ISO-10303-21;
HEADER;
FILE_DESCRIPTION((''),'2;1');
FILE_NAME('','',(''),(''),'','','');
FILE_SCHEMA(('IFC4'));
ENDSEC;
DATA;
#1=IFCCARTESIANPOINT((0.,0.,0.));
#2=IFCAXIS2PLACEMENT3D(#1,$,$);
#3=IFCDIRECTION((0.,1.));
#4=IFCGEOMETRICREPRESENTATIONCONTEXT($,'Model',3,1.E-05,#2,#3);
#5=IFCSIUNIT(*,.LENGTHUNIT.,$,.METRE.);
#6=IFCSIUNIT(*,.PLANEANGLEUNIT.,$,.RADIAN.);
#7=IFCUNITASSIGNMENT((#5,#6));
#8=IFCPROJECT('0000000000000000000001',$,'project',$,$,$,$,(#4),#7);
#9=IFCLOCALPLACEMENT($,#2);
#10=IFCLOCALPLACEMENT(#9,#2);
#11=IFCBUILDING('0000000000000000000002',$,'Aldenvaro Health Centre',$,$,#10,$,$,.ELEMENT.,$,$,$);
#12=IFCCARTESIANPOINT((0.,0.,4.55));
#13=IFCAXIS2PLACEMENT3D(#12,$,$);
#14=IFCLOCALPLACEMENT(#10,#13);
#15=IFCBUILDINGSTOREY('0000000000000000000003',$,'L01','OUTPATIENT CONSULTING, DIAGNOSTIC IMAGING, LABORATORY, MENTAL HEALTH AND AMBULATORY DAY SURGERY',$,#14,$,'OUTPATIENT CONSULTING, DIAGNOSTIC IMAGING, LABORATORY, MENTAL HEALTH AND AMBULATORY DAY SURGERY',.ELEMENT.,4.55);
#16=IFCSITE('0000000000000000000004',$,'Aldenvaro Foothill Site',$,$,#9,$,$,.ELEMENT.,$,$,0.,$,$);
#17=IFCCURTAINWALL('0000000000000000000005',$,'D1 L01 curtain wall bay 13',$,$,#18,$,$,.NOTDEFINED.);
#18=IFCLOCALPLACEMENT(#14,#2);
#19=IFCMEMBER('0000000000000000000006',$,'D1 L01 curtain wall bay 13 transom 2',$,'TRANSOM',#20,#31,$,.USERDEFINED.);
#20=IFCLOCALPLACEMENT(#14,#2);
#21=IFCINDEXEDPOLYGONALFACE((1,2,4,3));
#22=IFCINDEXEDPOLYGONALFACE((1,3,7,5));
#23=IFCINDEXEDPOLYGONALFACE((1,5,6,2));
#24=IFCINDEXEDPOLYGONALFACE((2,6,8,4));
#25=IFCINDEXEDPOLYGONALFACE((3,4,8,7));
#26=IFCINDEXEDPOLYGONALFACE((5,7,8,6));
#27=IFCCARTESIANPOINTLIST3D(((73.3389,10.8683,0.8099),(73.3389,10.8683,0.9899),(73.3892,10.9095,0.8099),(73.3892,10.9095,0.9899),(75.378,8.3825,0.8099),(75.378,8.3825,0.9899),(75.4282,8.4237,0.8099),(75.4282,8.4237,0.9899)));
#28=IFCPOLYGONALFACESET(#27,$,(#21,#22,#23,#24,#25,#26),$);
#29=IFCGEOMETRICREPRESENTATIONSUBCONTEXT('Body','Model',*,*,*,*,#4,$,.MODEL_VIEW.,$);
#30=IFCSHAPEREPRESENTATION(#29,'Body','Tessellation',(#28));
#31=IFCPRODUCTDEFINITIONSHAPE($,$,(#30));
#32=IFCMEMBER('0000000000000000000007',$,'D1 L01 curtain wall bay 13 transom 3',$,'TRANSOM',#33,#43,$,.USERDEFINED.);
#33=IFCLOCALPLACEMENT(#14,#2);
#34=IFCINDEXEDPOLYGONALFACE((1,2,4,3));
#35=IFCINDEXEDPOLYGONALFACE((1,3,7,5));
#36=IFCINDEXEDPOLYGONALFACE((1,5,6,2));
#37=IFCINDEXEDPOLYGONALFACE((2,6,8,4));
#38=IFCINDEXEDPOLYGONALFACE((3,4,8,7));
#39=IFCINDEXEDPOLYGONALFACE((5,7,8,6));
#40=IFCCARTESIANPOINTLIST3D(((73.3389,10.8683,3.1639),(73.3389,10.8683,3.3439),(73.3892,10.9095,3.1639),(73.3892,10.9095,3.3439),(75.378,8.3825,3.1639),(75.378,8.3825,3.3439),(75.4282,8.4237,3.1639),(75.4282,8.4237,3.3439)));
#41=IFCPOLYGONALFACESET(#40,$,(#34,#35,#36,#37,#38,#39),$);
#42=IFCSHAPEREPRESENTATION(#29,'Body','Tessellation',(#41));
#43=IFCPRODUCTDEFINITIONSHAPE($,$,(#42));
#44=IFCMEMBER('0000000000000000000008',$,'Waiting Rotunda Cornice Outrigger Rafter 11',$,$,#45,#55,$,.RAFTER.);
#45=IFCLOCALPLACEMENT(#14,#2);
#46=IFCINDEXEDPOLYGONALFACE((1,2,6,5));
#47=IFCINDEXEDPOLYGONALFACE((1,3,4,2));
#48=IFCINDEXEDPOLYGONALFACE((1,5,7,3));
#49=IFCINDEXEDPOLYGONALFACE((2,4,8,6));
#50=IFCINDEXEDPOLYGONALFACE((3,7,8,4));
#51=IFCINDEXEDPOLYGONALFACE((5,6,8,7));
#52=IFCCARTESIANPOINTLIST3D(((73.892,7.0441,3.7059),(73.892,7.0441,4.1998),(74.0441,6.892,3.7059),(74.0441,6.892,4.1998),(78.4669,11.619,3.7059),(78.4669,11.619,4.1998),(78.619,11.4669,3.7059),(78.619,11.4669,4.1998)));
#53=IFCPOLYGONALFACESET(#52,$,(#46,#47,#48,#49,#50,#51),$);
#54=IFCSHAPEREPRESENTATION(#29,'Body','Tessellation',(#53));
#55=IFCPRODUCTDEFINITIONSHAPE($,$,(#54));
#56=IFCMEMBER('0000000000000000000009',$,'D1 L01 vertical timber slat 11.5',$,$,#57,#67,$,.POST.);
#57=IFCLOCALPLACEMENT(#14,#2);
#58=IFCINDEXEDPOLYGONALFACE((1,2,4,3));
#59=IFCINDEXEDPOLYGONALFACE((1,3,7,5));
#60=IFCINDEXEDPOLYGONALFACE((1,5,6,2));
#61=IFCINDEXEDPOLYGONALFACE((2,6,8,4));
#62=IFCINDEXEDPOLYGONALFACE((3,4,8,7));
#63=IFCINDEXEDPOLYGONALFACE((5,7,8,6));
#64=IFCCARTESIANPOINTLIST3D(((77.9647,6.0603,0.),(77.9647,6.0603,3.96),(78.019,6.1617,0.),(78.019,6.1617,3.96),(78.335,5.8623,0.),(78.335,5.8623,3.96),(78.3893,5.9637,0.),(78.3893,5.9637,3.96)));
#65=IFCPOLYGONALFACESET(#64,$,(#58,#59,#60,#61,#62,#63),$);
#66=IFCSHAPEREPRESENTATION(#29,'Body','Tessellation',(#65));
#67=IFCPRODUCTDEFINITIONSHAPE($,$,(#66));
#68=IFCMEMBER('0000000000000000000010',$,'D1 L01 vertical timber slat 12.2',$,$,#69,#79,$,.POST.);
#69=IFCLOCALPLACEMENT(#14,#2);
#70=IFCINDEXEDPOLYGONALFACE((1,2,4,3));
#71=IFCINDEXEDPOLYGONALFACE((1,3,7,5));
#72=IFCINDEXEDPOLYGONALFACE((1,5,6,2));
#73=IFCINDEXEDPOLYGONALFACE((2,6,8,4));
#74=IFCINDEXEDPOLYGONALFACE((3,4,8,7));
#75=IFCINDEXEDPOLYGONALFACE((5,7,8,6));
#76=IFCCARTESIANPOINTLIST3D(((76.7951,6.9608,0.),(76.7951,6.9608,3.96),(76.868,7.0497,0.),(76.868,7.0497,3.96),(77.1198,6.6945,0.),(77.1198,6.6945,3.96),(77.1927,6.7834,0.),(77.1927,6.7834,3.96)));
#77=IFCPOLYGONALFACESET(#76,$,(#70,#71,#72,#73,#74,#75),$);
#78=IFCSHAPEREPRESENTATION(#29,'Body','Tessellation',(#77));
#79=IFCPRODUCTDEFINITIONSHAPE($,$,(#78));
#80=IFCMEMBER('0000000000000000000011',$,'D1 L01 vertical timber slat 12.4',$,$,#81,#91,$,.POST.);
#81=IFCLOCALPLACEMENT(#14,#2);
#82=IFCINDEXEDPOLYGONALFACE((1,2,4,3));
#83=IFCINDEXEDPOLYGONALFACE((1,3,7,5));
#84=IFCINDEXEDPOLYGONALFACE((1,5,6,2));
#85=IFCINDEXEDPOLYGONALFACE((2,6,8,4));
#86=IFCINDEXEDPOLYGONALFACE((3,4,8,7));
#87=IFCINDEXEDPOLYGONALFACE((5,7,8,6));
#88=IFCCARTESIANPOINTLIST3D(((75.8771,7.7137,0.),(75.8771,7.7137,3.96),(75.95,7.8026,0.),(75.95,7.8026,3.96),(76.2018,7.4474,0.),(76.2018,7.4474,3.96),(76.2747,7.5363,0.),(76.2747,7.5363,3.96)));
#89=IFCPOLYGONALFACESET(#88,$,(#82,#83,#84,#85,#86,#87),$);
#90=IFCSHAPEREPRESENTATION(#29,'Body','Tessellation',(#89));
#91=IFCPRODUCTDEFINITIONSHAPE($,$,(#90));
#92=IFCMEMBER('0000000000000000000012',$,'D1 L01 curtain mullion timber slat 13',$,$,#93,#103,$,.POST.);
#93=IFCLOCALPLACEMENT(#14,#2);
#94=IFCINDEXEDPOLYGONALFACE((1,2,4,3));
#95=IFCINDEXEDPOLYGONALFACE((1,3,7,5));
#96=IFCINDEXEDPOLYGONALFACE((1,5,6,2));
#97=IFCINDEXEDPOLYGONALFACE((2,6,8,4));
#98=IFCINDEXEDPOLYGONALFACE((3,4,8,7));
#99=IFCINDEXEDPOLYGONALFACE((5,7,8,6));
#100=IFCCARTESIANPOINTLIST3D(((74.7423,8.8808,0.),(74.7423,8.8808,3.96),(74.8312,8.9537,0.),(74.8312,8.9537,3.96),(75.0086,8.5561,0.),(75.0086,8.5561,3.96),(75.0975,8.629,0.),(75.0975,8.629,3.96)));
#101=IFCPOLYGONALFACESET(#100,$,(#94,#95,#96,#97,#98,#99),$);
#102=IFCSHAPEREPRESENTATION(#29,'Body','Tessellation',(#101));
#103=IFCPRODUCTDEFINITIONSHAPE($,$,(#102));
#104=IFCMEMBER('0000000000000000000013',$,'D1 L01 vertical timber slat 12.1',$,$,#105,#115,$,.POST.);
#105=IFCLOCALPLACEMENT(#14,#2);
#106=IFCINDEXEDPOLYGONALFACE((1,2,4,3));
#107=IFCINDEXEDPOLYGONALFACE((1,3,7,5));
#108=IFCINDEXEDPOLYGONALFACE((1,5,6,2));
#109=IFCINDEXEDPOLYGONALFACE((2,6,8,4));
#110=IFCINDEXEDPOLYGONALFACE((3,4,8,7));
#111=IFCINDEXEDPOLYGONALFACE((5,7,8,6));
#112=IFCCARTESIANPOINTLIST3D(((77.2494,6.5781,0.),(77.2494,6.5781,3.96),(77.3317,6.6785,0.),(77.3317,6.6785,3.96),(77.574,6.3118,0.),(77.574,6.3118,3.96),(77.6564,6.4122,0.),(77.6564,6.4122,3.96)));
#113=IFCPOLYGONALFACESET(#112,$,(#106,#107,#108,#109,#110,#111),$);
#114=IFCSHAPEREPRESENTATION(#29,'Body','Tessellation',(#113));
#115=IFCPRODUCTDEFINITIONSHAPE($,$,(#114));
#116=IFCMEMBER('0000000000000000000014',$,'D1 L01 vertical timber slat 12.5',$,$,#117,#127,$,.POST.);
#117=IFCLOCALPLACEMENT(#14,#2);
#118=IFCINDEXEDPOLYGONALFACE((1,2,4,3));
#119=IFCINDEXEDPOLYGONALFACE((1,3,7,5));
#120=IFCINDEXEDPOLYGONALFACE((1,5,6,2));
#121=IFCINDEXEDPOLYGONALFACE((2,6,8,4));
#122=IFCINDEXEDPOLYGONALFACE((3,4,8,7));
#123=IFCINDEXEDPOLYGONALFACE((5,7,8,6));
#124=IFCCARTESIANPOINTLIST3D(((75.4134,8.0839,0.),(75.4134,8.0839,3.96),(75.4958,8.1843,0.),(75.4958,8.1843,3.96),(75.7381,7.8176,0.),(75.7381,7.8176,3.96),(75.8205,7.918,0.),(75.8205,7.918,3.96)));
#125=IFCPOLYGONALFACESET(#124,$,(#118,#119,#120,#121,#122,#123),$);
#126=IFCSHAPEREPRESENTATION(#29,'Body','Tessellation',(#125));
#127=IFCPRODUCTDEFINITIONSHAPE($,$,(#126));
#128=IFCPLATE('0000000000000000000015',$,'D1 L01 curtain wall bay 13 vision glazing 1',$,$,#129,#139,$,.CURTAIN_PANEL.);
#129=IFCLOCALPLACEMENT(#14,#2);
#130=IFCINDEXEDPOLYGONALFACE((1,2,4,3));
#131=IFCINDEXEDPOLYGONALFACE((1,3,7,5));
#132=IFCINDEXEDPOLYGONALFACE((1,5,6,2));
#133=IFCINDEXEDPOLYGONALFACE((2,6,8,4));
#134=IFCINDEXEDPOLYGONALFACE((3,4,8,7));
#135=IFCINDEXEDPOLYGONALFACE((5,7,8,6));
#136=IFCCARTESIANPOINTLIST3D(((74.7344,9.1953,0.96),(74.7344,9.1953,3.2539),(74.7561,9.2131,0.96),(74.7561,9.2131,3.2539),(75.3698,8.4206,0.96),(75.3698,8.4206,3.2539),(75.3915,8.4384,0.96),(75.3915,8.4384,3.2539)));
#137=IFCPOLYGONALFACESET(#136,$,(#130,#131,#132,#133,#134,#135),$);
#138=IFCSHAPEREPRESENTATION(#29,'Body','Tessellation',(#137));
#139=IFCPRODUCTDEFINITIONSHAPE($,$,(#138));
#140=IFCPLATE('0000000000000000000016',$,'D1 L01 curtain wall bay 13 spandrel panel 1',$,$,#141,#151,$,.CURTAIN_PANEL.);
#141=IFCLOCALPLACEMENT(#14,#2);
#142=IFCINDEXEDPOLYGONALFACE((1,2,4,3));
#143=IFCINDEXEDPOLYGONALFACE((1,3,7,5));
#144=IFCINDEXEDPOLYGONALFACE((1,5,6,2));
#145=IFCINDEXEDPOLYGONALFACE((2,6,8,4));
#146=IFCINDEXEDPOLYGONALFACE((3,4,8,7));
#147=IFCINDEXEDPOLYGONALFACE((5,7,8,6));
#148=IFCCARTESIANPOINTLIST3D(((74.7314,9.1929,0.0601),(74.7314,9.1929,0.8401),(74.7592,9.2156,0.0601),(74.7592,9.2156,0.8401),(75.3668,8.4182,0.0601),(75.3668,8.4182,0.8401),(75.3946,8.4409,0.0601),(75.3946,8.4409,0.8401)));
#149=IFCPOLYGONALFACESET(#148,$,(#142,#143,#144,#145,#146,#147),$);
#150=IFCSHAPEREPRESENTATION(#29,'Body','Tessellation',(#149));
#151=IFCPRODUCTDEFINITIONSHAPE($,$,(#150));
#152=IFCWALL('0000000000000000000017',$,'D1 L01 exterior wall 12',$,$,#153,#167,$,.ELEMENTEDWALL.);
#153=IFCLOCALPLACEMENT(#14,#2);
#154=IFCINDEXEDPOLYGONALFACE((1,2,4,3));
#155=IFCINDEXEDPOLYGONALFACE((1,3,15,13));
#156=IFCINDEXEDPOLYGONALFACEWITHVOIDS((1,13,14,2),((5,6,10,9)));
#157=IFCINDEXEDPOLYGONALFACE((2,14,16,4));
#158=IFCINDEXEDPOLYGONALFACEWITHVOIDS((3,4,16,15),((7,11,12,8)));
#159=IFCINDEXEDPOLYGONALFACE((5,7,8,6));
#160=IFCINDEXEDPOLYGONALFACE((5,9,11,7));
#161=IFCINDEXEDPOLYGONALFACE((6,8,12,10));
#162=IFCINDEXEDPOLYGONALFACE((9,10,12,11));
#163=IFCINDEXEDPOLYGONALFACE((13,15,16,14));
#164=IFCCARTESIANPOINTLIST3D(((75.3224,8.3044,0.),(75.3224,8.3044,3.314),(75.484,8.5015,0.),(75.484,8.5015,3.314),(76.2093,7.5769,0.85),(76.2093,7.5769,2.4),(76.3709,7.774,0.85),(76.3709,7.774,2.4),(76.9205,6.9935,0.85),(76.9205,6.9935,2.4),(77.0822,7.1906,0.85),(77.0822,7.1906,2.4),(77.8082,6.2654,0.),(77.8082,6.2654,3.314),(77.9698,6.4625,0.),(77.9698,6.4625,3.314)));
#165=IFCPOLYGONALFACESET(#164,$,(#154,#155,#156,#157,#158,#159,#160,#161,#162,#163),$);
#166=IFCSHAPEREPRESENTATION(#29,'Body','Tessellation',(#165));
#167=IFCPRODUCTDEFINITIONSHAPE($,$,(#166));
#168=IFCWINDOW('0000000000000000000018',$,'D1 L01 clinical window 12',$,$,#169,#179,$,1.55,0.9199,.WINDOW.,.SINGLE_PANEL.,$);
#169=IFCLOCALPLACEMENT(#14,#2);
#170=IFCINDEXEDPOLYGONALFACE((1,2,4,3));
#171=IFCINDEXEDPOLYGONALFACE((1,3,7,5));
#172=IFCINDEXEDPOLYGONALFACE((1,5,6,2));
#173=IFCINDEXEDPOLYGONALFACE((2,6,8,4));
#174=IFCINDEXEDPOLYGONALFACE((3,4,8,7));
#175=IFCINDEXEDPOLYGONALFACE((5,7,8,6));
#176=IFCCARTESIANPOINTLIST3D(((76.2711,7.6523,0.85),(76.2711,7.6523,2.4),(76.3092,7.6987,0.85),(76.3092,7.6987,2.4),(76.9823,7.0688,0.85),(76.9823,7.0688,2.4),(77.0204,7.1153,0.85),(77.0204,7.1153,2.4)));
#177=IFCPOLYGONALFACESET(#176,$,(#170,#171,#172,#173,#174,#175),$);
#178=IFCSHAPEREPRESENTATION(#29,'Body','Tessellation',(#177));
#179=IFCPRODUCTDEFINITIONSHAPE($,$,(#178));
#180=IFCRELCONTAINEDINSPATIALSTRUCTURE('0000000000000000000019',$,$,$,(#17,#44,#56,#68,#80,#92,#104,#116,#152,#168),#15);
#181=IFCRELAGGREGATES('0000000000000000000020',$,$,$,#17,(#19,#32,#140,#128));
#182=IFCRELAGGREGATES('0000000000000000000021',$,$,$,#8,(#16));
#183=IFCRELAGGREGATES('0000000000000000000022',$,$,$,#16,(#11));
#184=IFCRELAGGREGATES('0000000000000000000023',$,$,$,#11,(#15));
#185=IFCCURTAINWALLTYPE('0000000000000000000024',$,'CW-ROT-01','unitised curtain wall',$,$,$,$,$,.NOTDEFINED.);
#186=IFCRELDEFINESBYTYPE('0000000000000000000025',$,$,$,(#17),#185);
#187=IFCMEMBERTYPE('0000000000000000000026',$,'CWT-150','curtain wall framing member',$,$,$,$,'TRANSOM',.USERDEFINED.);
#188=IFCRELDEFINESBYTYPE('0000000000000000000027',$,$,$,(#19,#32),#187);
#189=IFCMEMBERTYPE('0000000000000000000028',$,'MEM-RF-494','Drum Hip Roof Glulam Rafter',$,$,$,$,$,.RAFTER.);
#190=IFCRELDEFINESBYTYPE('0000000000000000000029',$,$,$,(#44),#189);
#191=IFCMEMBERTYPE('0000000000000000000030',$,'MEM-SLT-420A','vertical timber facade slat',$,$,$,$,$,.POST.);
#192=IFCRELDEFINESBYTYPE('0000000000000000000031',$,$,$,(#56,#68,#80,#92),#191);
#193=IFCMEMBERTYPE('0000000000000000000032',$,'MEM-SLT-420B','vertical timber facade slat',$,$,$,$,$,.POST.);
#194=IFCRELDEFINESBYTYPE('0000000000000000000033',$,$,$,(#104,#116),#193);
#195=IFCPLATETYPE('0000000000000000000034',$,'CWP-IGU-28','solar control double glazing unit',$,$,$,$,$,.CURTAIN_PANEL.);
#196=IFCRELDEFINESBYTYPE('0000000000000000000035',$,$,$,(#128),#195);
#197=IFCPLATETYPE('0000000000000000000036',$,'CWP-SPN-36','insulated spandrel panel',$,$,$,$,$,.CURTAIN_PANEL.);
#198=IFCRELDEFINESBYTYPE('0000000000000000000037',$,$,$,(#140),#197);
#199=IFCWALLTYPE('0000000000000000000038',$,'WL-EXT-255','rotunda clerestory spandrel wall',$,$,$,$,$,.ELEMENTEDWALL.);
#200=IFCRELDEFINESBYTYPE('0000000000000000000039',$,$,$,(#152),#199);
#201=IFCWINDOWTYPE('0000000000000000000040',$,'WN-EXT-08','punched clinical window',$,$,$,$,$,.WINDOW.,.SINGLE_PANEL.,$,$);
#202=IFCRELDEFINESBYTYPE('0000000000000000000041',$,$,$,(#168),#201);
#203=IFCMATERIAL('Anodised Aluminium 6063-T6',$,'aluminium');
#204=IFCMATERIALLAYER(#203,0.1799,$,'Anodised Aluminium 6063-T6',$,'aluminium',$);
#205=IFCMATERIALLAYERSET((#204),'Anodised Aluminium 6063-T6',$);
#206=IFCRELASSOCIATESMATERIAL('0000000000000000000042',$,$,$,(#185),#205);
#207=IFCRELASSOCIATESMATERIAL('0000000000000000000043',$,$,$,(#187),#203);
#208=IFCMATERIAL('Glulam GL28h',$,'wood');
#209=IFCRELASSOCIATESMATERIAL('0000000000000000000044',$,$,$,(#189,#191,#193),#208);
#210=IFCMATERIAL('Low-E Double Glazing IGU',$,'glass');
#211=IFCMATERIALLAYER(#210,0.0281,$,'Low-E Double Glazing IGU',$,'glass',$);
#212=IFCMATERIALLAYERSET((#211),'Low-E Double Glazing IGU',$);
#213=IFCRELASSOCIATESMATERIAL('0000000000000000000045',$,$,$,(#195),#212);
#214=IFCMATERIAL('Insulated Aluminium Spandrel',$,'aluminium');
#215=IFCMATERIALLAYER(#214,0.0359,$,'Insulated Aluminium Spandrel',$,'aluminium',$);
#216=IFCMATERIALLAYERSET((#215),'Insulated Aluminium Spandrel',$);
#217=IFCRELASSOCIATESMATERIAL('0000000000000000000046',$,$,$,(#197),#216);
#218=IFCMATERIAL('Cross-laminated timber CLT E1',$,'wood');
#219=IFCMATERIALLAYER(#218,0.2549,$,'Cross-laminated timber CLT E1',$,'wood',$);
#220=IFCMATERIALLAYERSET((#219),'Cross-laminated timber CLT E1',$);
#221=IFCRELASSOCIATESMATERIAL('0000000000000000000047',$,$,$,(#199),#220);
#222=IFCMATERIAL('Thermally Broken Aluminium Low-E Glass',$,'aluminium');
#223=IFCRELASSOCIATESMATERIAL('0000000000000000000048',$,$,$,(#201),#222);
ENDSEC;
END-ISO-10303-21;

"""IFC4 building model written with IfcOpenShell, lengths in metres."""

from ifc_helpers import new_model, si_unit, direction, frame, frame_2d, origin, origin_2d, place, context, subcontext, project, spatial, rectangle, extrude, material, layer, layer_set, material_profile, profile_set, type_object, element, fill, aggregate, save


model = new_model("IFC4")

# Units and contexts
model_context = context("Model", 3, precision=1e-05, world=origin(), true_north=direction((0.0, 1.0)))
body_context = subcontext(model_context, "Body", "Model", "MODEL_VIEW")
ifc_project = project(units=[si_unit("LENGTHUNIT", "METRE"), si_unit("PLANEANGLEUNIT", "RADIAN")], contexts=[model_context])

# Site, building, storey
site_placement = place(None, origin())
site = spatial("IfcSite", under=ifc_project, at=site_placement, Name="Aldenvaro Foothill Site", CompositionType="ELEMENT", RefElevation=0.0)
building_placement = place(site_placement, origin())
building = spatial("IfcBuilding", under=site, at=building_placement, Name="Aldenvaro Health Centre", CompositionType="ELEMENT")
storey_placement = place(building_placement, frame((0.0, 0.0, 4.55)))
storey = spatial("IfcBuildingStorey", under=building, at=storey_placement, Name="L01", Description="OUTPATIENT CONSULTING, DIAGNOSTIC IMAGING, LABORATORY, MENTAL HEALTH AND AMBULATORY DAY SURGERY", LongName="OUTPATIENT CONSULTING, DIAGNOSTIC IMAGING, LABORATORY, MENTAL HEALTH AND AMBULATORY DAY SURGERY", CompositionType="ELEMENT", Elevation=4.55)

# Shared definitions
ifc_material_1 = material(Name="Glulam GL28h", Category="wood")

# Curtain wall, members
ifc_material_2 = material(Name="Anodised Aluminium 6063-T6", Category="aluminium")
ifc_layer_1 = layer(ifc_material_2, 0.1799, Name="Anodised Aluminium 6063-T6", Category="aluminium")
ifc_layer_set_1 = layer_set([ifc_layer_1], Name="Anodised Aluminium 6063-T6")
curtain_wall_type = type_object("IfcCurtainWallType", Name="CW-ROT-01", Description="unitised curtain wall", PredefinedType="NOTDEFINED", material=ifc_layer_set_1)
curtain_wall_placement = place(storey_placement, origin())
curtain_wall = element("IfcCurtainWall", 1, at=curtain_wall_placement, inside=storey, type_object=curtain_wall_type, Name="D1 L01 curtain wall bay 13", PredefinedType="NOTDEFINED")
ifc_material_profile_1 = material_profile(ifc_material_2, rectangle(XDim=0.0649, YDim=0.1799, at=origin_2d()), Name="ALU 65x180", Category="aluminium")
ifc_profile_set_1 = profile_set([ifc_material_profile_1], Name="Anodised Aluminium 6063-T6")
member_type_1 = type_object("IfcMemberType", Name="CWT-150", Description="curtain wall framing member", ElementType="TRANSOM", PredefinedType="USERDEFINED", material=ifc_profile_set_1)
member_1_placement = place(storey_placement, frame((75.4031, 8.4031, 0.8999), z_axis=(-0.634205, 0.773165, 0.0), x_axis=(-0.773165, -0.634205, 0.0)))
member_1 = element("IfcMember", 2, at=member_1_placement, type_object=member_type_1, Name="D1 L01 curtain wall bay 13 transom 2", ObjectType="TRANSOM", PredefinedType="USERDEFINED", context=body_context, shape_type="SweptSolid", body=[
    extrude(rectangle(XDim=0.0649, YDim=0.1799, at=origin_2d()), origin(), (0.0, 0.0, 1.0), 3.2151),
])
member_2_placement = place(storey_placement, frame((75.4031, 8.4031, 3.2539), z_axis=(-0.634205, 0.773165, 0.0), x_axis=(-0.773165, -0.634205, 0.0)))
member_2 = element("IfcMember", 3, at=member_2_placement, type_object=member_type_1, Name="D1 L01 curtain wall bay 13 transom 3", ObjectType="TRANSOM", PredefinedType="USERDEFINED", context=body_context, shape_type="SweptSolid", body=[
    extrude(rectangle(XDim=0.0649, YDim=0.1799, at=origin_2d()), origin(), (0.0, 0.0, 1.0), 3.2151),
])

# Members
ifc_material_profile_2 = material_profile(ifc_material_1, rectangle(XDim=0.2151, YDim=0.4939, at=origin_2d()), Name="GL 215x494", Category="wood")
ifc_profile_set_2 = profile_set([ifc_material_profile_2], Name="Glulam GL28h")
member_type_2 = type_object("IfcMemberType", Name="MEM-RF-494", Description="Drum Hip Roof Glulam Rafter", PredefinedType="RAFTER", material=ifc_profile_set_2)
member_3_placement = place(storey_placement, frame((73.968, 6.968, 3.9529), z_axis=(0.707107, 0.707107, 0.0), x_axis=(-0.707107, 0.707107, 0.0)))
element("IfcMember", 4, at=member_3_placement, inside=storey, type_object=member_type_2, Name="Waiting Rotunda Cornice Outrigger Rafter 11", PredefinedType="RAFTER", context=body_context, shape_type="SweptSolid", body=[
    extrude(rectangle(XDim=0.2151, YDim=0.4939, at=origin_2d()), origin(), (0.0, 0.0, 1.0), 6.47),
])
ifc_material_profile_3 = material_profile(ifc_material_1, rectangle(XDim=0.115, YDim=0.4199, at=origin_2d()), Name="GL 115x420", Category="wood")
ifc_profile_set_3 = profile_set([ifc_material_profile_3], Name="Glulam GL28h")
member_type_3 = type_object("IfcMemberType", Name="MEM-SLT-420A", Description="vertical timber facade slat", PredefinedType="POST", material=ifc_profile_set_3)
for number, where, z_axis, x_axis, name in (
    (5, (78.177, 6.012, 0.0), (0.0, 0.0, 1.0), (-0.471557, -0.881836, 0.0), "D1 L01 vertical timber slat 11.5"),
    (6, (76.9939, 6.8721, 0.0), (0.0, 0.0, 1.0), (-0.634169, -0.773195, 0.0), "D1 L01 vertical timber slat 12.2"),
    (7, (76.0759, 7.625, 0.0), (0.0, 0.0, 1.0), (-0.634169, -0.773195, 0.0), "D1 L01 vertical timber slat 12.4"),
    (8, (74.9199, 8.7549, 0.0), (0.0, 0.0, 1.0), (-0.773195, -0.634169, 0.0), "D1 L01 curtain mullion timber slat 13"),
):
    element("IfcMember", number, at=place(storey_placement, frame(where, z_axis=z_axis, x_axis=x_axis)), inside=storey, type_object=member_type_3, Name=name, PredefinedType="POST", context=body_context, shape_type="SweptSolid", body=[
        extrude(rectangle(XDim=0.115, YDim=0.4199, at=origin_2d()), origin(), (0.0, 0.0, 1.0), 3.96),
    ])
ifc_material_profile_4 = material_profile(ifc_material_1, rectangle(XDim=0.1299, YDim=0.4199, at=origin_2d()), Name="GL 130x420", Category="wood")
ifc_profile_set_4 = profile_set([ifc_material_profile_4], Name="Glulam GL28h")
member_type_4 = type_object("IfcMemberType", Name="MEM-SLT-420B", Description="vertical timber facade slat", PredefinedType="POST", material=ifc_profile_set_4)
for number, where, z_axis, x_axis, name in (
    (9, (77.4529, 6.4951, 0.0), (0.0, 0.0, 1.0), (-0.634169, -0.773195, 0.0), "D1 L01 vertical timber slat 12.1"),
    (10, (75.6169, 8.001, 0.0), (0.0, 0.0, 1.0), (-0.634169, -0.773195, 0.0), "D1 L01 vertical timber slat 12.5"),
):
    element("IfcMember", number, at=place(storey_placement, frame(where, z_axis=z_axis, x_axis=x_axis)), inside=storey, type_object=member_type_4, Name=name, PredefinedType="POST", context=body_context, shape_type="SweptSolid", body=[
        extrude(rectangle(XDim=0.1299, YDim=0.4199, at=origin_2d()), origin(), (0.0, 0.0, 1.0), 3.96),
    ])

# Plates
ifc_material_3 = material(Name="Low-E Double Glazing IGU", Category="glass")
ifc_layer_2 = layer(ifc_material_3, 0.0281, Name="Low-E Double Glazing IGU", Category="glass")
ifc_layer_set_2 = layer_set([ifc_layer_2], Name="Low-E Double Glazing IGU")
plate_type_1 = type_object("IfcPlateType", Name="CWP-IGU-28", Description="solar control double glazing unit", PredefinedType="CURTAIN_PANEL", material=ifc_layer_set_2)
plate_1_placement = place(storey_placement, frame((75.063, 8.8169, 0.96), z_axis=(0.0, 0.0, 1.0), x_axis=(-0.634169, 0.773195, 0.0)))
plate_1 = element("IfcPlate", 11, at=plate_1_placement, type_object=plate_type_1, Name="D1 L01 curtain wall bay 13 vision glazing 1", PredefinedType="CURTAIN_PANEL", context=body_context, shape_type="SweptSolid", body=[
    extrude(rectangle(XDim=1.002, YDim=0.0281, at=origin_2d()), origin(), (0.0, 0.0, 1.0), 2.2939),
])
ifc_material_4 = material(Name="Insulated Aluminium Spandrel", Category="aluminium")
ifc_layer_3 = layer(ifc_material_4, 0.0359, Name="Insulated Aluminium Spandrel", Category="aluminium")
ifc_layer_set_3 = layer_set([ifc_layer_3], Name="Insulated Aluminium Spandrel")
plate_type_2 = type_object("IfcPlateType", Name="CWP-SPN-36", Description="insulated spandrel panel", PredefinedType="CURTAIN_PANEL", material=ifc_layer_set_3)
plate_2_placement = place(storey_placement, frame((75.063, 8.8169, 0.0601), z_axis=(0.0, 0.0, 1.0), x_axis=(-0.634169, 0.773195, 0.0)))
plate_2 = element("IfcPlate", 12, at=plate_2_placement, type_object=plate_type_2, Name="D1 L01 curtain wall bay 13 spandrel panel 1", PredefinedType="CURTAIN_PANEL", context=body_context, shape_type="SweptSolid", body=[
    extrude(rectangle(XDim=1.002, YDim=0.0359, at=origin_2d()), origin(), (0.0, 0.0, 1.0), 0.78),
])
aggregate(curtain_wall, [member_1, member_2, plate_2, plate_1])

# Wall, opening, window
ifc_material_5 = material(Name="Cross-laminated timber CLT E1", Category="wood")
ifc_layer_4 = layer(ifc_material_5, 0.2549, Name="Cross-laminated timber CLT E1", Category="wood")
ifc_layer_set_4 = layer_set([ifc_layer_4], Name="Cross-laminated timber CLT E1")
wall_type = type_object("IfcWallType", Name="WL-EXT-255", Description="rotunda clerestory spandrel wall", PredefinedType="ELEMENTEDWALL", material=ifc_layer_set_4)
wall_placement = place(storey_placement, frame((77.8889, 6.364, 0.0), z_axis=(0.0, 0.0, 1.0), x_axis=(-0.773165, 0.634205, 0.0)))
wall = element("IfcWall", 13, at=wall_placement, inside=storey, type_object=wall_type, Name="D1 L01 exterior wall 12", PredefinedType="ELEMENTEDWALL", context=body_context, shape_type="SweptSolid", body=[
    extrude(rectangle(XDim=3.2151, YDim=0.2549, at=frame_2d((1.6074, 0.0))), origin(), (0.0, 0.0, 1.0), 3.314),
])
opening_placement = place(wall_placement, frame((1.1479, 0.0, 0.8501)))
opening = element("IfcOpeningElement", 14, at=opening_placement, cuts=wall, PredefinedType="OPENING", context=body_context, shape_type="SweptSolid", body=[
    extrude(rectangle(XDim=0.9199, YDim=1.55, at=frame_2d((0.46, 0.7749))), frame((0.0, 0.1375, 0.0), z_axis=(0.0, -1.0, 0.0), x_axis=(1.0, 0.0, 0.0)), (0.0, 0.0, 1.0), 0.2749),
])
ifc_material_6 = material(Name="Thermally Broken Aluminium Low-E Glass", Category="aluminium")
window_type = type_object("IfcWindowType", Name="WN-EXT-08", Description="punched clinical window", PartitioningType="SINGLE_PANEL", PredefinedType="WINDOW", material=ifc_material_6)
window_placement = place(opening_placement, origin())
window = element("IfcWindow", 15, at=window_placement, inside=storey, type_object=window_type, Name="D1 L01 clinical window 12", OverallHeight=1.55, OverallWidth=0.9199, PartitioningType="SINGLE_PANEL", PredefinedType="WINDOW", context=body_context, shape_type="SweptSolid", body=[
    extrude(rectangle(XDim=0.9199, YDim=1.55, at=frame_2d((0.46, 0.7749))), frame((0.0, 0.03, 0.0), z_axis=(0.0, -1.0, 0.0), x_axis=(1.0, 0.0, 0.0)), (0.0, 0.0, 1.0), 0.0601),
])
fill(opening, window)

save(model, "model.ifc")
